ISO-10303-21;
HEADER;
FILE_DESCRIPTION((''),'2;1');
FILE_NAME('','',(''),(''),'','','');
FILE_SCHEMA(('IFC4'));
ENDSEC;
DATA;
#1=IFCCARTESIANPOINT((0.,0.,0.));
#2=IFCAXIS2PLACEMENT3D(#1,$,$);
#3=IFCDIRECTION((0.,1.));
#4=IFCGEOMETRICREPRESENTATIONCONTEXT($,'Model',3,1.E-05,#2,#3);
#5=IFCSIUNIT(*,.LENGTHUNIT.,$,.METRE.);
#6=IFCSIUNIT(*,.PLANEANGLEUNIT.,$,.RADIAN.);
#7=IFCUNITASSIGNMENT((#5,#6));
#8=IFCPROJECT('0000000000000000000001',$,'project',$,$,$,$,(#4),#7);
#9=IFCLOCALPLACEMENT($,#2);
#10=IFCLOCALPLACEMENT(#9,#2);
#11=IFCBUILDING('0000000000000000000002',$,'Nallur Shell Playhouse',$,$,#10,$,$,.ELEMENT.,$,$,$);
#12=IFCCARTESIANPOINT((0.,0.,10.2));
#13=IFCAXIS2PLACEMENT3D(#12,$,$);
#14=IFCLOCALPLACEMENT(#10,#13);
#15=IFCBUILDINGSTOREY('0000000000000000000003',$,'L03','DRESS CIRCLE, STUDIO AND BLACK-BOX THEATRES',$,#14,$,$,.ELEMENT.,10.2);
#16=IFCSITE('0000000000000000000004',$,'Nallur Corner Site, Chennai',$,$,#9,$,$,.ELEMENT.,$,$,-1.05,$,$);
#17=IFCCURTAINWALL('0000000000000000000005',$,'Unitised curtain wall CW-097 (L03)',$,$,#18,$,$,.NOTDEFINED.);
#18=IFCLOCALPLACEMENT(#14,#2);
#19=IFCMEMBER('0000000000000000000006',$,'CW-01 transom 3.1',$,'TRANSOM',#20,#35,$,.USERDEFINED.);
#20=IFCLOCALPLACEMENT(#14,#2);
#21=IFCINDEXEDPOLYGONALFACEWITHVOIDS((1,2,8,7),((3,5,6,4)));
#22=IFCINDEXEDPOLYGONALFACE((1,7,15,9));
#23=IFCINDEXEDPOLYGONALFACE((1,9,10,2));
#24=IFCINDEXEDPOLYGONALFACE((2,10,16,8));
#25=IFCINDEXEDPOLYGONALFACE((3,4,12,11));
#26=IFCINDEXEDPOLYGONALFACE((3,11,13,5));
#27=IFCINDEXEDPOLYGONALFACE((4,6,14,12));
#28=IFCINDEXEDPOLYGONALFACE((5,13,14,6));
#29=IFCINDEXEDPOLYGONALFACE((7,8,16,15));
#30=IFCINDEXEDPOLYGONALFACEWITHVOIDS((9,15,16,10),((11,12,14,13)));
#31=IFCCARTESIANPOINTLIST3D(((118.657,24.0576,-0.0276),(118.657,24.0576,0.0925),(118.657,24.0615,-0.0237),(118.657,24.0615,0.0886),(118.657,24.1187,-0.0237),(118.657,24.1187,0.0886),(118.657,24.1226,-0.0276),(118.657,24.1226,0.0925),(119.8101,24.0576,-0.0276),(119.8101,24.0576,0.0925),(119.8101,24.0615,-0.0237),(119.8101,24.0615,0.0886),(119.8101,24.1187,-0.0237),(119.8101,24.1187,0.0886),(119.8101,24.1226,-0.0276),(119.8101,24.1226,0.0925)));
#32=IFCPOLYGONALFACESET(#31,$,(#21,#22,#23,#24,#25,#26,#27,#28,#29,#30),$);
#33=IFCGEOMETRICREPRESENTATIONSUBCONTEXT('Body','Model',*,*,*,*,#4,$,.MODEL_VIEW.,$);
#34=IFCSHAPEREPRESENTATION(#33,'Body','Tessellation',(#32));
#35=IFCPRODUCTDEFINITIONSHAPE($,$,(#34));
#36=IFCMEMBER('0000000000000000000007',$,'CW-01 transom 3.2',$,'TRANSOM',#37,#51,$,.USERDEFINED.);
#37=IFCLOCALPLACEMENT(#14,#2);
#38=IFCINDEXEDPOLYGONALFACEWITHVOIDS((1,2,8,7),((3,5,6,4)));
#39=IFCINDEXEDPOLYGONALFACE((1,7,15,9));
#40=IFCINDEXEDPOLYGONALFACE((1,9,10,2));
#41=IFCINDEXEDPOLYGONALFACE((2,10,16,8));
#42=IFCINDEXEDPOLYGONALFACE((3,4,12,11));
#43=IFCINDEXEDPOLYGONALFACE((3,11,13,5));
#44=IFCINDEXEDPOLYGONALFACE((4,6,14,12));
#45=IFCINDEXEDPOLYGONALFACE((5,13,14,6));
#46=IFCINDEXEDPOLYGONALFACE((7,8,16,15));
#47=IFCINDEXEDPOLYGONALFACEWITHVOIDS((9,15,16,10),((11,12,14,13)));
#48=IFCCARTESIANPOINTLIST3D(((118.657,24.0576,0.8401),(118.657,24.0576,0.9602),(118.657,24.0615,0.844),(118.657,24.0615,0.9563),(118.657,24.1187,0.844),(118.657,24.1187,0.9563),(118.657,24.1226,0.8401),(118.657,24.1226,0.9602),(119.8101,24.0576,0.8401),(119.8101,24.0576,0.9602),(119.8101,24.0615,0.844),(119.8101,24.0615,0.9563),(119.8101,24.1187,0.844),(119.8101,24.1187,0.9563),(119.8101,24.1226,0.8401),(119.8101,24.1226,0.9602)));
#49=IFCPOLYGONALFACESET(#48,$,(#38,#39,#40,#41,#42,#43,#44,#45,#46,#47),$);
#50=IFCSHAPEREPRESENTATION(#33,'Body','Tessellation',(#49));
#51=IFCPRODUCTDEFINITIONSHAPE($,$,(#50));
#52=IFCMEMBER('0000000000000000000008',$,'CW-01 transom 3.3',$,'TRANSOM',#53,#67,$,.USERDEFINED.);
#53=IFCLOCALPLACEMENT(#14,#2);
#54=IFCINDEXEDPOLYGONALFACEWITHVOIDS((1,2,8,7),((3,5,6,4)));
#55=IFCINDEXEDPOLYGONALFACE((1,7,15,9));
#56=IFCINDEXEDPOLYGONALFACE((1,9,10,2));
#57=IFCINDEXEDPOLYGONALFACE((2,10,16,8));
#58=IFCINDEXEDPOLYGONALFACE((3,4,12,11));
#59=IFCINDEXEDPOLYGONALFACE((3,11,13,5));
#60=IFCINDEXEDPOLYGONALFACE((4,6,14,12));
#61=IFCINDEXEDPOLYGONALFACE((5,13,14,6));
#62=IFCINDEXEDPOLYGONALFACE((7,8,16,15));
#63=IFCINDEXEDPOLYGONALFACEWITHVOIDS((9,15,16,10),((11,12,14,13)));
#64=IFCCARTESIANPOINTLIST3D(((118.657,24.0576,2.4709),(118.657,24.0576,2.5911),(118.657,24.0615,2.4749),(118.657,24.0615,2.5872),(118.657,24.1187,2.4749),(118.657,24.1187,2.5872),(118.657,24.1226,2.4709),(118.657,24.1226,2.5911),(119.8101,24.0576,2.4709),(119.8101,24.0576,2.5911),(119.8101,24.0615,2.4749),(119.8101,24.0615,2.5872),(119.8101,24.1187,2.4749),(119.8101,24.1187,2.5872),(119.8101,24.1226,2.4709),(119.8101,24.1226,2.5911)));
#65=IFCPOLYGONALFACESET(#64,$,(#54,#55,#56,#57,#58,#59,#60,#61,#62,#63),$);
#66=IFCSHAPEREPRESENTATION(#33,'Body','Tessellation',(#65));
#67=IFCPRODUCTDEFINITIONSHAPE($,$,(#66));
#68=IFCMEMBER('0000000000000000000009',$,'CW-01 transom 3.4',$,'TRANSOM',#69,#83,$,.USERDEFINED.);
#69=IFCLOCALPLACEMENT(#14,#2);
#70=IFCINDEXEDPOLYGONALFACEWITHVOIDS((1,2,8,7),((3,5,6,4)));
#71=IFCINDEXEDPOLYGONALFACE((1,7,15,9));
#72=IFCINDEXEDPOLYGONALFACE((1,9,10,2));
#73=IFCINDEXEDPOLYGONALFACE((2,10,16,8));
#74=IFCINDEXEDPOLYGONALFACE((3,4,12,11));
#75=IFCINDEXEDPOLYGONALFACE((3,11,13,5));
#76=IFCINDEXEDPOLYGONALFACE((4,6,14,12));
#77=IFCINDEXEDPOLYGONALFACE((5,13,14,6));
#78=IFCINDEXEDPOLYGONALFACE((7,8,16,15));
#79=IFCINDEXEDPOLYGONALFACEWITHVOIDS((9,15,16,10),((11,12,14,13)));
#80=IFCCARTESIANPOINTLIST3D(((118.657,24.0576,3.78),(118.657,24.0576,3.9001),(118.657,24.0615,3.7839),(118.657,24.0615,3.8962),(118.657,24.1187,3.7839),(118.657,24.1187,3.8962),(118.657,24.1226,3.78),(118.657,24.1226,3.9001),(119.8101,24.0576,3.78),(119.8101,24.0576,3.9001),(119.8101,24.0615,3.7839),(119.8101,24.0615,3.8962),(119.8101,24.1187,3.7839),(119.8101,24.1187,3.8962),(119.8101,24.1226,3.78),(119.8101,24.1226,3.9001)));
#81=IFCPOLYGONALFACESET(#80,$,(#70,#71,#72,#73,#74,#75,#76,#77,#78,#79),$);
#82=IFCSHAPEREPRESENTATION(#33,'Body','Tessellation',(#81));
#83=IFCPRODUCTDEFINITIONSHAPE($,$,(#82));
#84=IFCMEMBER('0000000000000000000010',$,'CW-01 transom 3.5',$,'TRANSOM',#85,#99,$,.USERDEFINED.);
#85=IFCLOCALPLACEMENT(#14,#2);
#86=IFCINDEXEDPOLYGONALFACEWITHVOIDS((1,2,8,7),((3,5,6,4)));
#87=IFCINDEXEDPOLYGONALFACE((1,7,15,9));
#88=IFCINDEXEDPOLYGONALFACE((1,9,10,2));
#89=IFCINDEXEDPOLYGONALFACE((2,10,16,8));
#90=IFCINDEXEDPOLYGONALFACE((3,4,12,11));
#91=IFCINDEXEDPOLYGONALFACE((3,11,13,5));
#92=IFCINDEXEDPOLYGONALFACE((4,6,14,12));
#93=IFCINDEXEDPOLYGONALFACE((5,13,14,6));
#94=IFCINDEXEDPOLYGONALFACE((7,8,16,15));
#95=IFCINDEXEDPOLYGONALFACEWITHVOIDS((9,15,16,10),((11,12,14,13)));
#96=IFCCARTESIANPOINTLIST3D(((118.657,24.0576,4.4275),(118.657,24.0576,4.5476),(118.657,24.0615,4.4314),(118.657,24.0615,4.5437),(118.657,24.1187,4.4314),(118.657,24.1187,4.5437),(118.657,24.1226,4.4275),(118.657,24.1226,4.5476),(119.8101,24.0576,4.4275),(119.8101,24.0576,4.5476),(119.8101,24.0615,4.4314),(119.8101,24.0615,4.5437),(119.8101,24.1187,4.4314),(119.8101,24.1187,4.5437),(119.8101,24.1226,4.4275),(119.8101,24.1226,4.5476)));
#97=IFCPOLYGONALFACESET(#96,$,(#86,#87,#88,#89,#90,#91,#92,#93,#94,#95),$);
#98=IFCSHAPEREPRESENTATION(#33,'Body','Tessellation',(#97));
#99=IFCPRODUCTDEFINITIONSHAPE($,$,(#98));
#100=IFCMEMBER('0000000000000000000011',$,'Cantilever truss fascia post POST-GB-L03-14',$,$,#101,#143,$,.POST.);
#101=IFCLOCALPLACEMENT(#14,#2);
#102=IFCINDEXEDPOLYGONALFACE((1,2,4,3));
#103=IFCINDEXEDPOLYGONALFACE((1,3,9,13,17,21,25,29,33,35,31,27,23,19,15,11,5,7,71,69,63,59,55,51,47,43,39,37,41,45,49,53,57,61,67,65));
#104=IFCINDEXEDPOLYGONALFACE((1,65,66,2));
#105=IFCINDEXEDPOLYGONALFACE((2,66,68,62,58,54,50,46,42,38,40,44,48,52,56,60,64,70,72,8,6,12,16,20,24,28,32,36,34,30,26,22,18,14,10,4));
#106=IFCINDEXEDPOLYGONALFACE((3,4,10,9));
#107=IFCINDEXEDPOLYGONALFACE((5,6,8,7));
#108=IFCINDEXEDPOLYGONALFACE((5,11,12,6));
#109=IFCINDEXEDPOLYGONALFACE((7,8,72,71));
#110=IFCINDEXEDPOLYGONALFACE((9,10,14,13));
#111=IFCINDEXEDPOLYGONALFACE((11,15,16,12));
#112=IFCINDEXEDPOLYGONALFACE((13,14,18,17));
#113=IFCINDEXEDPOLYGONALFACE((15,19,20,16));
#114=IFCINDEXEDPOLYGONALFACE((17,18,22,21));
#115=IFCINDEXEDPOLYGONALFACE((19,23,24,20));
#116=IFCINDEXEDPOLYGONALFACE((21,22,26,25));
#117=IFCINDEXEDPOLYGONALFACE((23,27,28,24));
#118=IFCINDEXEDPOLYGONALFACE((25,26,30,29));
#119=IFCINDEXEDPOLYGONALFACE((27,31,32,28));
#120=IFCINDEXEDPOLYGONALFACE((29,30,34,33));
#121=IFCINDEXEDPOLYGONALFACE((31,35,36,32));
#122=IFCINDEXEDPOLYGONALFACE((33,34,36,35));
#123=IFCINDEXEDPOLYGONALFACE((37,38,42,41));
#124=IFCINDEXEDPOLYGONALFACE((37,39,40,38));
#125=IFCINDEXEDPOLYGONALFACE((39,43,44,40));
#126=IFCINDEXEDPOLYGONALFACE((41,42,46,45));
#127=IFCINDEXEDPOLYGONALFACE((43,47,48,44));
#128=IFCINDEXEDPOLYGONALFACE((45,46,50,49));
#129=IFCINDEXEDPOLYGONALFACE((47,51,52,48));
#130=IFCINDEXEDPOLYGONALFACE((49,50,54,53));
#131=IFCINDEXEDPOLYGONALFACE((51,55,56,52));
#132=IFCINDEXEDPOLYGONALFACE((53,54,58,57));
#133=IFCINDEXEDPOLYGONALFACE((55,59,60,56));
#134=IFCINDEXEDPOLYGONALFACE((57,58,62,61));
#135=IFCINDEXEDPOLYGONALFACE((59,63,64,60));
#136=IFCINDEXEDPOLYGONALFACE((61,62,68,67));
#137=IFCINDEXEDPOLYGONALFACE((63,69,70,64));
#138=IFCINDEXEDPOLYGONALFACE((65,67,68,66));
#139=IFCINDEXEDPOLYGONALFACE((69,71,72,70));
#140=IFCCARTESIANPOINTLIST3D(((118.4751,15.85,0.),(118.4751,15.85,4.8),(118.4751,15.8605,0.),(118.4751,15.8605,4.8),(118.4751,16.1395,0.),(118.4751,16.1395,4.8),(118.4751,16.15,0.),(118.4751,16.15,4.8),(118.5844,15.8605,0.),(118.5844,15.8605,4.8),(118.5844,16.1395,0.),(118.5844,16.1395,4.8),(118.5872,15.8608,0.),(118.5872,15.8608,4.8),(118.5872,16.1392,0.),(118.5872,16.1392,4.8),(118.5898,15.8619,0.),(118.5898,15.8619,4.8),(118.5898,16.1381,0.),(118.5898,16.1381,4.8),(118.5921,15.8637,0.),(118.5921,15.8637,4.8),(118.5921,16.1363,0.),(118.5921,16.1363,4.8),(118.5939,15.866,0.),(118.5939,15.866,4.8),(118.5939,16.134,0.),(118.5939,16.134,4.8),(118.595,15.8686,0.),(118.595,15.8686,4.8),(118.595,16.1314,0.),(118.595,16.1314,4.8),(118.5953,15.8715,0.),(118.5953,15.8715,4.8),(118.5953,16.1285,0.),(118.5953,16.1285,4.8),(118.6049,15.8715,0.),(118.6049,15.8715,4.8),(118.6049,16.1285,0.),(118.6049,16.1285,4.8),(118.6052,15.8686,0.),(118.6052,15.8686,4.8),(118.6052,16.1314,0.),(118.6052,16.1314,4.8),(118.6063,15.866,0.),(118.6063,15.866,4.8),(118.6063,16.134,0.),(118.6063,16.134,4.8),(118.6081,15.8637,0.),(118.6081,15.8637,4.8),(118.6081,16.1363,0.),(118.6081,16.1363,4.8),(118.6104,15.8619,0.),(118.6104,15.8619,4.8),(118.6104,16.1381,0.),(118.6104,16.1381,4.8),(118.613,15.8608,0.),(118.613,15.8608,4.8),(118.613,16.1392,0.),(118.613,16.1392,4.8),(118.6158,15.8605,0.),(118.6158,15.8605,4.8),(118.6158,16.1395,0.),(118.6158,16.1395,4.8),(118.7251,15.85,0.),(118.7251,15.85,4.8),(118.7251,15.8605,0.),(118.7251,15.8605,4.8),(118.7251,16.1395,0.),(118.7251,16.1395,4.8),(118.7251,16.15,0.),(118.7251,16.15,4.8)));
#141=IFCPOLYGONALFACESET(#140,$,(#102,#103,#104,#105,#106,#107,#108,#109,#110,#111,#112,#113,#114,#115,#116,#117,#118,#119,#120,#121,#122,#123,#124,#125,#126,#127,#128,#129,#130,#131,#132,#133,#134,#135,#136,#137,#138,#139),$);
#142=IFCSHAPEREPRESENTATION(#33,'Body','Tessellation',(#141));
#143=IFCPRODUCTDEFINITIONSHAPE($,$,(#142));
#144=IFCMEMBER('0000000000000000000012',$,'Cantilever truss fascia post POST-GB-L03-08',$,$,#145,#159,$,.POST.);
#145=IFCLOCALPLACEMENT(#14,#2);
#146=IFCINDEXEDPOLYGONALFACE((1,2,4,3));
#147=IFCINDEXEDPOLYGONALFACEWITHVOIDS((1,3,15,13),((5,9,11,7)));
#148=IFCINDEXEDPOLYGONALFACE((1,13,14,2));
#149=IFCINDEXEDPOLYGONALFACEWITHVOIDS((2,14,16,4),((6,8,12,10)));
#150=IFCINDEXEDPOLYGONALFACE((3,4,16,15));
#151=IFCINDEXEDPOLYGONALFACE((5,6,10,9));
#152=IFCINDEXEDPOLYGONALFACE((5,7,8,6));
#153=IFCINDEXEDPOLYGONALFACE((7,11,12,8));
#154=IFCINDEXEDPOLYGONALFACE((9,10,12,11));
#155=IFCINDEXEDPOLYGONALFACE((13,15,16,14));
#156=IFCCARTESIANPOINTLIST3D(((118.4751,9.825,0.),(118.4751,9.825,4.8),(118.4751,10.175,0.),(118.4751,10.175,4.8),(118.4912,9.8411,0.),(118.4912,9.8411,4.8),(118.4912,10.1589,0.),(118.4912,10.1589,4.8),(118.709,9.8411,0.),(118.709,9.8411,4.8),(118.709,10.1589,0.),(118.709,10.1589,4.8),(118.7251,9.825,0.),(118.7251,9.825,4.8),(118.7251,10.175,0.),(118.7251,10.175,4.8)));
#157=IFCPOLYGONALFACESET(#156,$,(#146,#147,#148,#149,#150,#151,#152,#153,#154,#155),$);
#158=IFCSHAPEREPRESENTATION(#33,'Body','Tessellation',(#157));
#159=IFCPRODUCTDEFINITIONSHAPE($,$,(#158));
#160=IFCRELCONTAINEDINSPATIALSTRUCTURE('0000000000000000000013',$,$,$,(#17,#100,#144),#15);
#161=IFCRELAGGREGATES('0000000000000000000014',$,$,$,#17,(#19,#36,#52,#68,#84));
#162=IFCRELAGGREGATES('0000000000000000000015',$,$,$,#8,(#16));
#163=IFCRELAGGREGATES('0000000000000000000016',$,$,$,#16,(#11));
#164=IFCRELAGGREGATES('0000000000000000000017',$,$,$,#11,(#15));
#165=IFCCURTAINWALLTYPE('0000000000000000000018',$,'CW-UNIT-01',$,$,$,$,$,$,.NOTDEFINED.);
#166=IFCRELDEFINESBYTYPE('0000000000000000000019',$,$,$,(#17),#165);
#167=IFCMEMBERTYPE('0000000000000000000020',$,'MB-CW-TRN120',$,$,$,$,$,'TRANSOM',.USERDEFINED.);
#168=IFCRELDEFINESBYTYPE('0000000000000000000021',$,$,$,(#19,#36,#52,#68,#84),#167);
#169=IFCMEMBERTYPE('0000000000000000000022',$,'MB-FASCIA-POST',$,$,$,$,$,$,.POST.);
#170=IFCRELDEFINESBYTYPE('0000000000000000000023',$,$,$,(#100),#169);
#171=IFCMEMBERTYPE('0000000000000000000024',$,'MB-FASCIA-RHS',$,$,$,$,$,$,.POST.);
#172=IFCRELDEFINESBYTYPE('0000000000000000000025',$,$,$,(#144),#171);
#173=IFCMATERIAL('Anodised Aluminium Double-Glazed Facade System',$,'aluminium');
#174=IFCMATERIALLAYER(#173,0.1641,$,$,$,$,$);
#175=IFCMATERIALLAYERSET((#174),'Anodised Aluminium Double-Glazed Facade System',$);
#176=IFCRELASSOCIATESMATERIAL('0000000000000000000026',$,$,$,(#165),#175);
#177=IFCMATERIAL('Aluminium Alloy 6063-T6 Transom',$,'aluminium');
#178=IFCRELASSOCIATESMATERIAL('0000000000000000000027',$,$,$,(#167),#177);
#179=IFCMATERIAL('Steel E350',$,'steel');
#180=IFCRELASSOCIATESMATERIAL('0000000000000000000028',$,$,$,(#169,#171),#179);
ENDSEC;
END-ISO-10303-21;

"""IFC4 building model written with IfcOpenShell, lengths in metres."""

from ifc_helpers import new_model, si_unit, direction, frame, origin, origin_2d, place, context, subcontext, project, spatial, hollow_rectangle, i_section, extrude, material, layer, layer_set, material_profile, profile_set, type_object, element, aggregate, save


model = new_model("IFC4")

# Units and contexts
model_context = context("Model", 3, precision=1e-05, world=origin(), true_north=direction((0.0, 1.0)))
body_context = subcontext(model_context, "Body", "Model", "MODEL_VIEW")
ifc_project = project(units=[si_unit("LENGTHUNIT", "METRE"), si_unit("PLANEANGLEUNIT", "RADIAN")], contexts=[model_context])

# Site, building, storey
site_placement = place(None, origin())
site = spatial("IfcSite", under=ifc_project, at=site_placement, Name="Nallur Corner Site, Chennai", CompositionType="ELEMENT", RefElevation=-1.05)
building_placement = place(site_placement, origin())
building = spatial("IfcBuilding", under=site, at=building_placement, Name="Nallur Shell Playhouse", CompositionType="ELEMENT")
storey_placement = place(building_placement, frame((0.0, 0.0, 10.2)))
storey = spatial("IfcBuildingStorey", under=building, at=storey_placement, Name="L03", Description="DRESS CIRCLE, STUDIO AND BLACK-BOX THEATRES", CompositionType="ELEMENT", Elevation=10.2)

# Shared definitions
ifc_material_1 = material(Name="Steel E350", Category="steel")

# Curtain wall, members
ifc_material_2 = material(Name="Anodised Aluminium Double-Glazed Facade System", Category="aluminium")
ifc_layer_1 = layer(ifc_material_2, 0.1641)
ifc_layer_set_1 = layer_set([ifc_layer_1], Name="Anodised Aluminium Double-Glazed Facade System")
curtain_wall_type = type_object("IfcCurtainWallType", Name="CW-UNIT-01", PredefinedType="NOTDEFINED", material=ifc_layer_set_1)
curtain_wall_placement = place(storey_placement, origin())
curtain_wall = element("IfcCurtainWall", 1, at=curtain_wall_placement, inside=storey, type_object=curtain_wall_type, Name="Unitised curtain wall CW-097 (L03)", PredefinedType="NOTDEFINED")
ifc_material_3 = material(Name="Aluminium Alloy 6063-T6 Transom", Category="aluminium")
ifc_material_profile_1 = material_profile(ifc_material_3, hollow_rectangle(XDim=0.0649, YDim=0.1201, WallThickness=0.0039, at=origin_2d()), Name="ALU 65x120x4")
ifc_profile_set_1 = profile_set([ifc_material_profile_1], Name="Aluminium Alloy 6063-T6 Transom")
member_type_1 = type_object("IfcMemberType", Name="MB-CW-TRN120", ElementType="TRANSOM", PredefinedType="USERDEFINED", material=ifc_profile_set_1)
member_1_placement = place(storey_placement, frame((119.8101, 24.0901, 0.0325), z_axis=(-1.0, 0.0, 0.0), x_axis=(0.0, -1.0, 0.0)))
member_1 = element("IfcMember", 2, at=member_1_placement, type_object=member_type_1, Name="CW-01 transom 3.1", ObjectType="TRANSOM", PredefinedType="USERDEFINED", context=body_context, shape_type="SweptSolid", body=[
    extrude(hollow_rectangle(XDim=0.0649, YDim=0.1201, WallThickness=0.0039, at=origin_2d()), origin(), (0.0, 0.0, 1.0), 1.1531),
])
member_2_placement = place(storey_placement, frame((119.8101, 24.0901, 0.9001), z_axis=(-1.0, 0.0, 0.0), x_axis=(0.0, -1.0, 0.0)))
member_2 = element("IfcMember", 3, at=member_2_placement, type_object=member_type_1, Name="CW-01 transom 3.2", ObjectType="TRANSOM", PredefinedType="USERDEFINED", context=body_context, shape_type="SweptSolid", body=[
    extrude(hollow_rectangle(XDim=0.0649, YDim=0.1201, WallThickness=0.0039, at=origin_2d()), origin(), (0.0, 0.0, 1.0), 1.1531),
])
member_3_placement = place(storey_placement, frame((119.8101, 24.0901, 2.531), z_axis=(-1.0, 0.0, 0.0), x_axis=(0.0, -1.0, 0.0)))
member_3 = element("IfcMember", 4, at=member_3_placement, type_object=member_type_1, Name="CW-01 transom 3.3", ObjectType="TRANSOM", PredefinedType="USERDEFINED", context=body_context, shape_type="SweptSolid", body=[
    extrude(hollow_rectangle(XDim=0.0649, YDim=0.1201, WallThickness=0.0039, at=origin_2d()), origin(), (0.0, 0.0, 1.0), 1.1531),
])
member_4_placement = place(storey_placement, frame((119.8101, 24.0901, 3.8401), z_axis=(-1.0, 0.0, 0.0), x_axis=(0.0, -1.0, 0.0)))
member_4 = element("IfcMember", 5, at=member_4_placement, type_object=member_type_1, Name="CW-01 transom 3.4", ObjectType="TRANSOM", PredefinedType="USERDEFINED", context=body_context, shape_type="SweptSolid", body=[
    extrude(hollow_rectangle(XDim=0.0649, YDim=0.1201, WallThickness=0.0039, at=origin_2d()), origin(), (0.0, 0.0, 1.0), 1.1531),
])
member_5_placement = place(storey_placement, frame((119.8101, 24.0901, 4.4875), z_axis=(-1.0, 0.0, 0.0), x_axis=(0.0, -1.0, 0.0)))
member_5 = element("IfcMember", 6, at=member_5_placement, type_object=member_type_1, Name="CW-01 transom 3.5", ObjectType="TRANSOM", PredefinedType="USERDEFINED", context=body_context, shape_type="SweptSolid", body=[
    extrude(hollow_rectangle(XDim=0.0649, YDim=0.1201, WallThickness=0.0039, at=origin_2d()), origin(), (0.0, 0.0, 1.0), 1.1531),
])

# Members
ifc_material_profile_2 = material_profile(ifc_material_1, i_section(OverallWidth=0.25, OverallDepth=0.3, WebThickness=0.0095, FlangeThickness=0.0105, FilletRadius=0.011, at=origin_2d()), Name="ISHB 300")
ifc_profile_set_2 = profile_set([ifc_material_profile_2], Name="Steel E350")
member_type_2 = type_object("IfcMemberType", Name="MB-FASCIA-POST", PredefinedType="POST", material=ifc_profile_set_2)
member_6_placement = place(storey_placement, frame((118.6001, 16.0, 0.0), z_axis=(0.0, 0.0, 1.0), x_axis=(1.0, 0.0, 0.0)))
element("IfcMember", 7, at=member_6_placement, inside=storey, type_object=member_type_2, Name="Cantilever truss fascia post POST-GB-L03-14", PredefinedType="POST", context=body_context, shape_type="SweptSolid", body=[
    extrude(i_section(OverallWidth=0.25, OverallDepth=0.3, WebThickness=0.0095, FlangeThickness=0.0105, FilletRadius=0.011, at=origin_2d()), origin(), (0.0, 0.0, 1.0), 4.8),
])
ifc_material_profile_3 = material_profile(ifc_material_1, hollow_rectangle(XDim=0.25, YDim=0.3501, WallThickness=0.0161, at=origin_2d()), Name="RHS 350x250x16")
ifc_profile_set_3 = profile_set([ifc_material_profile_3], Name="Steel E350")
member_type_3 = type_object("IfcMemberType", Name="MB-FASCIA-RHS", PredefinedType="POST", material=ifc_profile_set_3)
member_7_placement = place(storey_placement, frame((118.6001, 10.0, 0.0), z_axis=(0.0, 0.0, 1.0), x_axis=(1.0, 0.0, 0.0)))
element("IfcMember", 8, at=member_7_placement, inside=storey, type_object=member_type_3, Name="Cantilever truss fascia post POST-GB-L03-08", PredefinedType="POST", context=body_context, shape_type="SweptSolid", body=[
    extrude(hollow_rectangle(XDim=0.25, YDim=0.3501, WallThickness=0.0161, at=origin_2d()), origin(), (0.0, 0.0, 1.0), 4.8),
])

aggregate(curtain_wall, [member_1, member_2, member_3, member_4, member_5])

save(model, "model.ifc")
